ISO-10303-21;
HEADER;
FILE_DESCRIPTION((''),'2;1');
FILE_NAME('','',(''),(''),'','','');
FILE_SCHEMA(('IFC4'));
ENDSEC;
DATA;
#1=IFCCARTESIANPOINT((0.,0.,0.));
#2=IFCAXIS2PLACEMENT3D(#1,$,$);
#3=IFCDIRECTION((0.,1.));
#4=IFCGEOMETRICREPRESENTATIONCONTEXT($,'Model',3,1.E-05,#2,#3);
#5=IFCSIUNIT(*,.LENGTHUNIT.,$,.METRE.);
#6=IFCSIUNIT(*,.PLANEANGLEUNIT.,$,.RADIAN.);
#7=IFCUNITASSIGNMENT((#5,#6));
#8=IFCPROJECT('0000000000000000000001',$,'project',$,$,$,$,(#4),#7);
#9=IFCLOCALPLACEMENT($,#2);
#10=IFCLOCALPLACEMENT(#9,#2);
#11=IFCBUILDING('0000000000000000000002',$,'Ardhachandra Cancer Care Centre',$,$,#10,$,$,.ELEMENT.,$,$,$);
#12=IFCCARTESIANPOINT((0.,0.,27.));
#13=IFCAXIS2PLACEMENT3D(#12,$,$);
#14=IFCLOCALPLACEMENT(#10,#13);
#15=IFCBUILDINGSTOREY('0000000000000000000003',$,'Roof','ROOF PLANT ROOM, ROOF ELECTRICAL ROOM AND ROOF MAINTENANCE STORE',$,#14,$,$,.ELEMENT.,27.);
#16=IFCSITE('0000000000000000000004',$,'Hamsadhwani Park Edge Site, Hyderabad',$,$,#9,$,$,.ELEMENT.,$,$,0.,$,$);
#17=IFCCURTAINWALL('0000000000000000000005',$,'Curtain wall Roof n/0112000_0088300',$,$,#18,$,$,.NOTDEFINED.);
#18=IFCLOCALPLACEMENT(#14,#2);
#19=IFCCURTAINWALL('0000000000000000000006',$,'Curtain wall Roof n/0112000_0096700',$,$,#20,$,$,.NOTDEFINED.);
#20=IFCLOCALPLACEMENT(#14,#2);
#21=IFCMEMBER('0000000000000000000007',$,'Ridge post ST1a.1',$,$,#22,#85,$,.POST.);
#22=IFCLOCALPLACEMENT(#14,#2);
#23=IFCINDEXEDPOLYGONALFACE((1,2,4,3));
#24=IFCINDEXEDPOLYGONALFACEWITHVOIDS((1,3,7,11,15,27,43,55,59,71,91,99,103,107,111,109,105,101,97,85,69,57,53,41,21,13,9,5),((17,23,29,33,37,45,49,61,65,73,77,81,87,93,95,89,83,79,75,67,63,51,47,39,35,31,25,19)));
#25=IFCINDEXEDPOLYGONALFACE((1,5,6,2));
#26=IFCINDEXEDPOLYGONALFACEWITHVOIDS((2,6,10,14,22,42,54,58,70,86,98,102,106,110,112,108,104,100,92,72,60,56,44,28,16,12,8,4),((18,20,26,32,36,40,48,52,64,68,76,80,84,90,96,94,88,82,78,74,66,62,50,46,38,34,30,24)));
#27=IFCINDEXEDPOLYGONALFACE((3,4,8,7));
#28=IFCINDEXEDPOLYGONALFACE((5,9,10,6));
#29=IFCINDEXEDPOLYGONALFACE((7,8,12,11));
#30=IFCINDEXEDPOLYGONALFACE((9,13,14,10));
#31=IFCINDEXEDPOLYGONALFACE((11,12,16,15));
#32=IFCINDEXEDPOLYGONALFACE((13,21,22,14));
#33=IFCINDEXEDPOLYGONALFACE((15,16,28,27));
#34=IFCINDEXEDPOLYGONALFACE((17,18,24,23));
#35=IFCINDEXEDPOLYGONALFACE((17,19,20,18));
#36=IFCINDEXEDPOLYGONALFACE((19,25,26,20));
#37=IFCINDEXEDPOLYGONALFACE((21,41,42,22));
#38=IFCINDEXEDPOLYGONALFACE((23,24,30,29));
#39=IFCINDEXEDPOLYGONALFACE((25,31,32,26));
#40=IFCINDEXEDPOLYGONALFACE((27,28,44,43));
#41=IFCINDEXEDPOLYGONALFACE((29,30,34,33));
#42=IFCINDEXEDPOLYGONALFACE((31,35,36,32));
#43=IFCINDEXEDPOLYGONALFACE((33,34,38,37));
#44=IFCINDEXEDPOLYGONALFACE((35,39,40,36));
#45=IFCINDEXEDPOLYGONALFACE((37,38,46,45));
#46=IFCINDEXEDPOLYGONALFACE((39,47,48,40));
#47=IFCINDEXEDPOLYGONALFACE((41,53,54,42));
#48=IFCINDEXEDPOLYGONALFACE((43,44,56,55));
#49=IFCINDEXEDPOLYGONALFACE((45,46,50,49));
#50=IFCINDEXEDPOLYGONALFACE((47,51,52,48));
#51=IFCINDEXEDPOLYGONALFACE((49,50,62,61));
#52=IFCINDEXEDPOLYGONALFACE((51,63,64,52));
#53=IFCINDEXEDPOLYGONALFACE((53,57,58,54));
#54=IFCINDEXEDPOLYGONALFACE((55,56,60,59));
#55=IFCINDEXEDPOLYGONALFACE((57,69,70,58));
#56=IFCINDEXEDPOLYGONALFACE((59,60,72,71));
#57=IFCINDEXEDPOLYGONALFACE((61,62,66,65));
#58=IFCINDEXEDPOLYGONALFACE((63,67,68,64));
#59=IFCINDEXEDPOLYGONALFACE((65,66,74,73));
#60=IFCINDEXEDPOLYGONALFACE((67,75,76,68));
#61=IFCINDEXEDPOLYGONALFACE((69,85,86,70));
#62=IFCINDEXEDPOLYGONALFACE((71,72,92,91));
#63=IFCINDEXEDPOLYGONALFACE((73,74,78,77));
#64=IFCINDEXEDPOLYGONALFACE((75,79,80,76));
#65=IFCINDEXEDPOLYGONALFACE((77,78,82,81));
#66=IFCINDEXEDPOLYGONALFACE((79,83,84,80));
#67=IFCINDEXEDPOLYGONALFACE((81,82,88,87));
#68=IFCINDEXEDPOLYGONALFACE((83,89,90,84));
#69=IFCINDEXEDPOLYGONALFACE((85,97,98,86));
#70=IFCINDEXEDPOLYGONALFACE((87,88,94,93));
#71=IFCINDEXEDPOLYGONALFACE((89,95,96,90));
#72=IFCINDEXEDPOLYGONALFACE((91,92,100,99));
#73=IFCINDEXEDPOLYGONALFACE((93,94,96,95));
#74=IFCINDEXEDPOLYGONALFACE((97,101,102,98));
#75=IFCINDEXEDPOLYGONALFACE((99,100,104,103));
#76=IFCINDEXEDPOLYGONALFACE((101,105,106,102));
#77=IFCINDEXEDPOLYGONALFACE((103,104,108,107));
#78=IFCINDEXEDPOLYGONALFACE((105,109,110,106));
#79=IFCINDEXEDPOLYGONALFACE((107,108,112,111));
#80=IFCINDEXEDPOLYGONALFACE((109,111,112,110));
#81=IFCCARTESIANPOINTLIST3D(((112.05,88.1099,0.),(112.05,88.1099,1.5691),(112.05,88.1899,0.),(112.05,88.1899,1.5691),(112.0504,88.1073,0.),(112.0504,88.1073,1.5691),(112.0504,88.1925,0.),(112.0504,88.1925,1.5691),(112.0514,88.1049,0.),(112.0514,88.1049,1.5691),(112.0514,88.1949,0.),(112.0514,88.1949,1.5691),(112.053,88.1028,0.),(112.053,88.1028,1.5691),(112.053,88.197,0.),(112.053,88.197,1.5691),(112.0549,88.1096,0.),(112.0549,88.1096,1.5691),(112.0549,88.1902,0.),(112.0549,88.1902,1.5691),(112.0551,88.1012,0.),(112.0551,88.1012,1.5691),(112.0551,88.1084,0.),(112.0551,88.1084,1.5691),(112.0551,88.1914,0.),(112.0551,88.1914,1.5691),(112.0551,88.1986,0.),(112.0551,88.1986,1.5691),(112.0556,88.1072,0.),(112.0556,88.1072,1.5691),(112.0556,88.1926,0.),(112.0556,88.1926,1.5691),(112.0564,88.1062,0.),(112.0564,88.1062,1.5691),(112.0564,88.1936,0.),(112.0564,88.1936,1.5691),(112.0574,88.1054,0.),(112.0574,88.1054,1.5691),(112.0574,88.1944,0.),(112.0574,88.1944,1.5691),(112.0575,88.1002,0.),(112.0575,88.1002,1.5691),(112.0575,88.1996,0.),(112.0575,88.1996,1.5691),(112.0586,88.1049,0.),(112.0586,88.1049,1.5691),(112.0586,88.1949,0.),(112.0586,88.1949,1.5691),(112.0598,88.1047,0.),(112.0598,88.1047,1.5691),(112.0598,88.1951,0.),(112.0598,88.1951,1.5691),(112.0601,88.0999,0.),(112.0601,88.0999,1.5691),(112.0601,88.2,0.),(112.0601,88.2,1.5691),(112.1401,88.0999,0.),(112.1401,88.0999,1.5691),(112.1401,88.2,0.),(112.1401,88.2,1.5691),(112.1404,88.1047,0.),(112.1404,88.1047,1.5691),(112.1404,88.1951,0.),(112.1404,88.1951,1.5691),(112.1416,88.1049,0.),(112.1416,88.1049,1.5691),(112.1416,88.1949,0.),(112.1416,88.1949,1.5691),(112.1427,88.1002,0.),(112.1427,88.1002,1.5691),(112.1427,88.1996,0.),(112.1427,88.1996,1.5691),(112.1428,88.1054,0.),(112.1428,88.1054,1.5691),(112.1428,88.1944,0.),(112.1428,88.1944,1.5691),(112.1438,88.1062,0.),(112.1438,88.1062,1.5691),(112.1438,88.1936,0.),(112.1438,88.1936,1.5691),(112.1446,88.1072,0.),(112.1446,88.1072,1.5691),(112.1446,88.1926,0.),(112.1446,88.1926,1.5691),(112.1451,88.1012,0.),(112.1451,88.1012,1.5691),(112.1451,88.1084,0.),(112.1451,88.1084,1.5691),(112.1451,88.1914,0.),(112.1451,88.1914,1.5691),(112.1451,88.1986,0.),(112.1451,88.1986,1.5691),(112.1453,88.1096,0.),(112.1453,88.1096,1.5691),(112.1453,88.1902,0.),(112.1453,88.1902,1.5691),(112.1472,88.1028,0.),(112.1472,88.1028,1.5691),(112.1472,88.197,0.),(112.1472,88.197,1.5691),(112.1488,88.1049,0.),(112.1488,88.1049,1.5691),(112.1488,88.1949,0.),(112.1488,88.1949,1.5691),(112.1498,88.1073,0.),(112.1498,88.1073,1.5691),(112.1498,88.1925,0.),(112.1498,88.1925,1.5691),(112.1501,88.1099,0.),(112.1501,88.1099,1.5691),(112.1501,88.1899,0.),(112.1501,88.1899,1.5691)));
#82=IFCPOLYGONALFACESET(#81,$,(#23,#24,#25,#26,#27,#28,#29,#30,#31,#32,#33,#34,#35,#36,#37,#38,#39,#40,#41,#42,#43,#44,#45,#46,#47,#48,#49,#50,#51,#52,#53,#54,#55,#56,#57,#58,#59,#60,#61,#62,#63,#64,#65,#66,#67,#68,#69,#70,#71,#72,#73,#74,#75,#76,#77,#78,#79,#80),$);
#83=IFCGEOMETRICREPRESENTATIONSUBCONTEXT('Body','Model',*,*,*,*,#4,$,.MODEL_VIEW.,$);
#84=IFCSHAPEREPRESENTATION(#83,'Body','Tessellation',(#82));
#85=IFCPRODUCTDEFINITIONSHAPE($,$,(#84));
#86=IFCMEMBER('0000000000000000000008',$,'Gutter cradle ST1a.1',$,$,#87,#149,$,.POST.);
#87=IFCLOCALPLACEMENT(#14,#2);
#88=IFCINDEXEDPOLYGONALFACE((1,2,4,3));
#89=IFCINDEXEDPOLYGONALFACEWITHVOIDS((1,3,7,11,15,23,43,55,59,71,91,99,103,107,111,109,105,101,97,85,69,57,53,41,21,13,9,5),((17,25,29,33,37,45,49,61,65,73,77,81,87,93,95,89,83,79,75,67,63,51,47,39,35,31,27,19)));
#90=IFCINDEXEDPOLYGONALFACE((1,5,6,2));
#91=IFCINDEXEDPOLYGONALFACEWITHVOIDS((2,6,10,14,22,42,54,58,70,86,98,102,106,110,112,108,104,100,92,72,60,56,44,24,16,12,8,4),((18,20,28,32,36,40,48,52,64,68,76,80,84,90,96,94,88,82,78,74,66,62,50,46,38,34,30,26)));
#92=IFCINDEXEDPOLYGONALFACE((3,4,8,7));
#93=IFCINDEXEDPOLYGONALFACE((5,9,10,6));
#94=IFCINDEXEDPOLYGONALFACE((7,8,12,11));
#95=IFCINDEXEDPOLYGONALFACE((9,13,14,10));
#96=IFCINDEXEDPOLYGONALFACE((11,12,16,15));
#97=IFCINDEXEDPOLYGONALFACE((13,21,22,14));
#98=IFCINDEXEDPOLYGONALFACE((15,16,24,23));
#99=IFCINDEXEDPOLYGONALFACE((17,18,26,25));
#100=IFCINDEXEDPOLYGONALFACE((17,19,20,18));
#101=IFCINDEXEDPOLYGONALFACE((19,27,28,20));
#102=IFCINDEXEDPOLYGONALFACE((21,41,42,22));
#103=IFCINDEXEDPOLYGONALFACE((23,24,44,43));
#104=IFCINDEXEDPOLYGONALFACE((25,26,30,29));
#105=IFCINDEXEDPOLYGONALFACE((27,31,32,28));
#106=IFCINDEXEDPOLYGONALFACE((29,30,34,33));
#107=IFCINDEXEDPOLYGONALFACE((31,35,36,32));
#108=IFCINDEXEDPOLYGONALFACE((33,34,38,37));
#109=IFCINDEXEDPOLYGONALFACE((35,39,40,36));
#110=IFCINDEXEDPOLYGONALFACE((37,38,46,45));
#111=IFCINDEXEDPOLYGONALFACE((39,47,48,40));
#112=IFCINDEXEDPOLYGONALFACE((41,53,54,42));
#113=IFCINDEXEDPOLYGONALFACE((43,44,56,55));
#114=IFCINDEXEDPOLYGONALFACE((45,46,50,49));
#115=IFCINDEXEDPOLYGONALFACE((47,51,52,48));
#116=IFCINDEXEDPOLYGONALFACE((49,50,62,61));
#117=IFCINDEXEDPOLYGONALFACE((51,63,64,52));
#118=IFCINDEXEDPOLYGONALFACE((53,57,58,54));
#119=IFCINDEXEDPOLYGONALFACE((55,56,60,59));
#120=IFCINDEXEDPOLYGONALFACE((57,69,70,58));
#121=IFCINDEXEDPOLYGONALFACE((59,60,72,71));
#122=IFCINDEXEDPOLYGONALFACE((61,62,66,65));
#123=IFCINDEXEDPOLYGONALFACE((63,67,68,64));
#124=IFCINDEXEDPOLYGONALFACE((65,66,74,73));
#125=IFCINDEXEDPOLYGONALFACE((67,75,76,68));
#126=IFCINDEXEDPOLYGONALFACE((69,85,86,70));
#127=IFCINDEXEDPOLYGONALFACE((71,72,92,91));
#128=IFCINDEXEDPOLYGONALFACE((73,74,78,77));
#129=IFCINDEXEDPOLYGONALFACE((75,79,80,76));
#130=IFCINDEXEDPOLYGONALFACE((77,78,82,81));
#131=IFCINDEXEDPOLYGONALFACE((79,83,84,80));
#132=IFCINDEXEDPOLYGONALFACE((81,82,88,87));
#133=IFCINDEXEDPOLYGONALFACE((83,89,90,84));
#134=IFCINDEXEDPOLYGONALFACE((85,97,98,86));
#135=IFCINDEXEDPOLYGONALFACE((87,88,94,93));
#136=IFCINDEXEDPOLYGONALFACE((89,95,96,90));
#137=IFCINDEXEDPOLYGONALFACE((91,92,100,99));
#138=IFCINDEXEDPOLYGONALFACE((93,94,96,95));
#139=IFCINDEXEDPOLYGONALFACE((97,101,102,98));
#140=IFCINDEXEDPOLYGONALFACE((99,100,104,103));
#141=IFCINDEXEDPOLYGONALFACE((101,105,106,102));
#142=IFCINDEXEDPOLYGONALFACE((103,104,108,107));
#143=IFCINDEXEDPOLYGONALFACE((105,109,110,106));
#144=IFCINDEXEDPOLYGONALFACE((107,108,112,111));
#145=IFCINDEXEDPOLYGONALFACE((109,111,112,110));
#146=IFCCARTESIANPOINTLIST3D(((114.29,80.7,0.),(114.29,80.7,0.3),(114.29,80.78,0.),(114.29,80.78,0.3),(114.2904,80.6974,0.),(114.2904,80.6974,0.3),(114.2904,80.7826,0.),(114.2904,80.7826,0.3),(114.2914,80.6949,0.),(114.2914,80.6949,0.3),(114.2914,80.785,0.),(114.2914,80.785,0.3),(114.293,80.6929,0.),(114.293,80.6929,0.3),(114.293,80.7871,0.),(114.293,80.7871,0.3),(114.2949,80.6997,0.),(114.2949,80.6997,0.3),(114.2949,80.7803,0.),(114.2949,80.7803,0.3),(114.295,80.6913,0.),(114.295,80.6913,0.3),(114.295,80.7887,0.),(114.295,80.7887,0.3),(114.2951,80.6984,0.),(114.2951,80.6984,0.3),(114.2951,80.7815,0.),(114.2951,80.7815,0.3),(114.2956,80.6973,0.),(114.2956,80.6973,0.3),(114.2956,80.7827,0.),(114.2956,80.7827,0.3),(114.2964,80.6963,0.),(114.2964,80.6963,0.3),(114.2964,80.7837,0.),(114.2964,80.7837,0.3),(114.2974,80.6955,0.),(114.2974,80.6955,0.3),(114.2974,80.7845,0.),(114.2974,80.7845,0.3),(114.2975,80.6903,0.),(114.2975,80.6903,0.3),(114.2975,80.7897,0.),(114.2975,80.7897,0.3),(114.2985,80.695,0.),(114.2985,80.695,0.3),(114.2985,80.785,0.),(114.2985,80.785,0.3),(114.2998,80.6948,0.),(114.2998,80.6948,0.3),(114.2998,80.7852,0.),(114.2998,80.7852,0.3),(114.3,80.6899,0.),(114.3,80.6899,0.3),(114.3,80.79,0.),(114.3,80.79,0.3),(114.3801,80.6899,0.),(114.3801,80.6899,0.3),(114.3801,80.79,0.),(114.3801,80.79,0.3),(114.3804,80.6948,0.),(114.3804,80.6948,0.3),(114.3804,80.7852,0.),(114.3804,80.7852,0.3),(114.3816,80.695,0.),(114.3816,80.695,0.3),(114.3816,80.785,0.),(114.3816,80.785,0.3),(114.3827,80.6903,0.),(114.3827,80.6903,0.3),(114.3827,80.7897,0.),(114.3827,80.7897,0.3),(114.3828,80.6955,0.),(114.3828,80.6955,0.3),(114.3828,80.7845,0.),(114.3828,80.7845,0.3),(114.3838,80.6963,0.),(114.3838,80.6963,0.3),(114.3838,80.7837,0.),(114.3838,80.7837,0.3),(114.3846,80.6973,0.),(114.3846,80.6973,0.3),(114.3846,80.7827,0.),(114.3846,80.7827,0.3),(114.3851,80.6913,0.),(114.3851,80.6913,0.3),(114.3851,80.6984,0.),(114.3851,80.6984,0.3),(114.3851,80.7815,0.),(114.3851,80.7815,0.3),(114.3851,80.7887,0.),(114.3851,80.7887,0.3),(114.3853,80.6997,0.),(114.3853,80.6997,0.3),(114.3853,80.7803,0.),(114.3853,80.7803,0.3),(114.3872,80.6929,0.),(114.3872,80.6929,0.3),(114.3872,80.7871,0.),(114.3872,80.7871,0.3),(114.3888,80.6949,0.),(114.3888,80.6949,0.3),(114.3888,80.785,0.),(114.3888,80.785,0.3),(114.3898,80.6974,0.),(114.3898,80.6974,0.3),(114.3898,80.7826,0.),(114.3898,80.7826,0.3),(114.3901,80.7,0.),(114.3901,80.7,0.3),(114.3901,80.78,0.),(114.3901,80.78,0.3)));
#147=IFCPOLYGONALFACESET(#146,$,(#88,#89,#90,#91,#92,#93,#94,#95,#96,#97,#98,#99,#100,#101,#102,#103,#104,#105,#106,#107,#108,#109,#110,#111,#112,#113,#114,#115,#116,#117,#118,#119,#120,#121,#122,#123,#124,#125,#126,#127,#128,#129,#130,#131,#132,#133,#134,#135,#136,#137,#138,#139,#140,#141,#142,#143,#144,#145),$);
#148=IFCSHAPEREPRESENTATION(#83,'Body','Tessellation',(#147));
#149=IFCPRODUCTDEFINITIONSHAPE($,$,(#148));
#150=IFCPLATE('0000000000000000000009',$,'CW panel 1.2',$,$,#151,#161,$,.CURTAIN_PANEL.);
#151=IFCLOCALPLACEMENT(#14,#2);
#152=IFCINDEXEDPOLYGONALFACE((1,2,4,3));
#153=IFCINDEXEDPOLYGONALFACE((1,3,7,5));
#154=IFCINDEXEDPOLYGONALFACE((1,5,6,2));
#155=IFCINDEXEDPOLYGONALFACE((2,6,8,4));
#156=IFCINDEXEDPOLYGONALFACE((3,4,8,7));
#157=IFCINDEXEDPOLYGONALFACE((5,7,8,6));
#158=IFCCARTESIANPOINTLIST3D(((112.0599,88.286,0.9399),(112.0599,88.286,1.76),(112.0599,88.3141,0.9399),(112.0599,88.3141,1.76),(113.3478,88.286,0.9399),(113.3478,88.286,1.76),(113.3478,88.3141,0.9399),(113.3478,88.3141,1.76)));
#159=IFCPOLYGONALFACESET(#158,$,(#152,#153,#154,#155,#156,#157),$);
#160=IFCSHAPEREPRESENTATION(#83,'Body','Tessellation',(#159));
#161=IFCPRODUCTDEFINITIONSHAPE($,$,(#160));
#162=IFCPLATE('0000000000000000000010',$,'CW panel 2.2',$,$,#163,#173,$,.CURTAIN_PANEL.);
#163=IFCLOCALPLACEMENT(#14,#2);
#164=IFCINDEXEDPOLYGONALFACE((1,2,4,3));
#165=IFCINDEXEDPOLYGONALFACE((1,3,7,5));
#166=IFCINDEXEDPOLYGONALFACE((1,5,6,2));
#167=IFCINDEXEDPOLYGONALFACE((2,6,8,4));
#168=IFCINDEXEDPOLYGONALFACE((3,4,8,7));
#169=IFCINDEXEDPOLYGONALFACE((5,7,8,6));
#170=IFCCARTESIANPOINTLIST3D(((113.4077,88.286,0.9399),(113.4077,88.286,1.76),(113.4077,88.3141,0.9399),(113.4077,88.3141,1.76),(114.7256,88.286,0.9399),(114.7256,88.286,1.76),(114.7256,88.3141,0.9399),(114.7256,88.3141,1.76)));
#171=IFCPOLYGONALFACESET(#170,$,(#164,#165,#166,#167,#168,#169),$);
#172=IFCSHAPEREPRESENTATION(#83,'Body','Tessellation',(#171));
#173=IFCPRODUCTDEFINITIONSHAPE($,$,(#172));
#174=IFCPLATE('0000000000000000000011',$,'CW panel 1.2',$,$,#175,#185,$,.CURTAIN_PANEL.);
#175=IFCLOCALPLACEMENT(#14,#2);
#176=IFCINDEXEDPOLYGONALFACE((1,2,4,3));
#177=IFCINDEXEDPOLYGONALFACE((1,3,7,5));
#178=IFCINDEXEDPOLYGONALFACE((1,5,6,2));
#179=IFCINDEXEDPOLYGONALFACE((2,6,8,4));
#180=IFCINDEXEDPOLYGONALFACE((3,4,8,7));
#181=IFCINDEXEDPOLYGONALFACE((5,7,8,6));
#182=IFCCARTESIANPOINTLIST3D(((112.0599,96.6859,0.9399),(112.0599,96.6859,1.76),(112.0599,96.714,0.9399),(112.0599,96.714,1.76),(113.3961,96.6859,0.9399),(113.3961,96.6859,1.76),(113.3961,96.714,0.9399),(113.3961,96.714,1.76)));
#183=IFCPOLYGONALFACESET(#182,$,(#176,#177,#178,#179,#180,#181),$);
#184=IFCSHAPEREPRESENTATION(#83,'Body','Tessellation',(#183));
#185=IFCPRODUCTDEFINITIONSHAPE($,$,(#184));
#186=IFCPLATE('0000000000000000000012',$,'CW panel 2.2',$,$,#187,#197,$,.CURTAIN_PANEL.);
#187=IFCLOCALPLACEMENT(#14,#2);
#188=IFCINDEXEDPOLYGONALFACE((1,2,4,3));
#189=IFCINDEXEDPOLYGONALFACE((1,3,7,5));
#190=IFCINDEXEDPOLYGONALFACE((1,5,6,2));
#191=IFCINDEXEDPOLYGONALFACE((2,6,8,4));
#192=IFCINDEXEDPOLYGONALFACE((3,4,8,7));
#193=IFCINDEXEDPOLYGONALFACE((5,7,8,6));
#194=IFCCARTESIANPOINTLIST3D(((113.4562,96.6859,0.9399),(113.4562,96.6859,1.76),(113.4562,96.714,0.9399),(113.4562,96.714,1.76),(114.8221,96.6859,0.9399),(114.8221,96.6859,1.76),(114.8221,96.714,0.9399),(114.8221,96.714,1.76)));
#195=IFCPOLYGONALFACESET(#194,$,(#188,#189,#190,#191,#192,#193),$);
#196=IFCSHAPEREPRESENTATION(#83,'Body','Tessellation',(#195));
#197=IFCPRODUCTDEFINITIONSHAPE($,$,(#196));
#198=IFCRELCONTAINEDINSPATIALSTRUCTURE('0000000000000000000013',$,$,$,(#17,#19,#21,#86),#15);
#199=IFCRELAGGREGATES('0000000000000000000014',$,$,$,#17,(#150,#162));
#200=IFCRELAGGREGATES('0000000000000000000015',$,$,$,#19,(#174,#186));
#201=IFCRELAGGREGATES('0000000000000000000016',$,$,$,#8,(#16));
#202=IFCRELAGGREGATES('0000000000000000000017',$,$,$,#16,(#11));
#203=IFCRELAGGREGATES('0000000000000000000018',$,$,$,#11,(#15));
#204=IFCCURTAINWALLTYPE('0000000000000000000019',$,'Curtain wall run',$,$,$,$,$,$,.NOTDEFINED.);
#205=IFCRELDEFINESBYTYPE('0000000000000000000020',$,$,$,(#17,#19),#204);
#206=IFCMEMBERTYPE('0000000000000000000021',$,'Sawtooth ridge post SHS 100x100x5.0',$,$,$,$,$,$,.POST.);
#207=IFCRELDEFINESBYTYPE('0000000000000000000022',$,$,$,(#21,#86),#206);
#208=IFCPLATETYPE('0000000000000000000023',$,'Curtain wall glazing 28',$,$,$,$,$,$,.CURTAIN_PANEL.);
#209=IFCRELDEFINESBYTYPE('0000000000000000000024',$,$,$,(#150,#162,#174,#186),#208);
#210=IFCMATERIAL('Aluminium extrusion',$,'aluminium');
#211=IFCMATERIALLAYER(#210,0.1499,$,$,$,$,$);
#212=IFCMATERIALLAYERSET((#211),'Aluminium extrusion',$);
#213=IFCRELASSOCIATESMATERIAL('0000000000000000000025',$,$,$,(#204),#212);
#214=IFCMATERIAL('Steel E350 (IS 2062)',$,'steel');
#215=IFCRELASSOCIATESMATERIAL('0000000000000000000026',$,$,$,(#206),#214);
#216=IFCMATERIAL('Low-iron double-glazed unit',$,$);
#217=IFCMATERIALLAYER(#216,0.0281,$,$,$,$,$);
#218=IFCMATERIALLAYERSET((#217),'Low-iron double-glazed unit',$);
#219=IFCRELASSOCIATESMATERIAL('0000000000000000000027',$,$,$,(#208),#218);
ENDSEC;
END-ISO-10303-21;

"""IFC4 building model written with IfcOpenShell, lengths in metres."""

from ifc_helpers import new_model, si_unit, direction, frame, origin, origin_2d, place, context, subcontext, project, spatial, rectangle, hollow_rectangle, extrude, material, layer, layer_set, material_profile, profile_set, type_object, element, aggregate, save


model = new_model("IFC4")

# Units and contexts
model_context = context("Model", 3, precision=1e-05, world=origin(), true_north=direction((0.0, 1.0)))
body_context = subcontext(model_context, "Body", "Model", "MODEL_VIEW")
ifc_project = project(units=[si_unit("LENGTHUNIT", "METRE"), si_unit("PLANEANGLEUNIT", "RADIAN")], contexts=[model_context])

# Site, building, storey
site_placement = place(None, origin())
site = spatial("IfcSite", under=ifc_project, at=site_placement, Name="Hamsadhwani Park Edge Site, Hyderabad", CompositionType="ELEMENT", RefElevation=0.0)
building_placement = place(site_placement, origin())
building = spatial("IfcBuilding", under=site, at=building_placement, Name="Ardhachandra Cancer Care Centre", CompositionType="ELEMENT")
storey_placement = place(building_placement, frame((0.0, 0.0, 27.0)))
storey = spatial("IfcBuildingStorey", under=building, at=storey_placement, Name="Roof", Description="ROOF PLANT ROOM, ROOF ELECTRICAL ROOM AND ROOF MAINTENANCE STORE", CompositionType="ELEMENT", Elevation=27.0)

# Curtain walls
ifc_material_1 = material(Name="Aluminium extrusion", Category="aluminium")
ifc_layer_1 = layer(ifc_material_1, 0.1499)
ifc_layer_set_1 = layer_set([ifc_layer_1], Name="Aluminium extrusion")
curtain_wall_type = type_object("IfcCurtainWallType", Name="Curtain wall run", PredefinedType="NOTDEFINED", material=ifc_layer_set_1)
curtain_wall_1_placement = place(storey_placement, origin())
curtain_wall_1 = element("IfcCurtainWall", 1, at=curtain_wall_1_placement, inside=storey, type_object=curtain_wall_type, Name="Curtain wall Roof n/0112000_0088300", PredefinedType="NOTDEFINED")
curtain_wall_2_placement = place(storey_placement, origin())
curtain_wall_2 = element("IfcCurtainWall", 2, at=curtain_wall_2_placement, inside=storey, type_object=curtain_wall_type, Name="Curtain wall Roof n/0112000_0096700", PredefinedType="NOTDEFINED")

# Members
ifc_material_2 = material(Name="Steel E350 (IS 2062)", Category="steel")
ifc_material_profile_1 = material_profile(ifc_material_2, hollow_rectangle(XDim=0.1001, YDim=0.1001, WallThickness=0.0049, InnerFilletRadius=0.0049, OuterFilletRadius=0.01, at=origin_2d()), Name="SHS 100x100x5.0")
ifc_profile_set_1 = profile_set([ifc_material_profile_1], Name="Steel E350 (IS 2062)")
member_type_1 = type_object("IfcMemberType", Name="Sawtooth ridge post SHS 100x100x5.0", PredefinedType="POST", material=ifc_profile_set_1)
member_1_placement = place(storey_placement, frame((112.1001, 88.1499, 0.0), z_axis=(0.0, 0.0, 1.0), x_axis=(1.0, 0.0, 0.0)))
element("IfcMember", 3, at=member_1_placement, inside=storey, type_object=member_type_1, Name="Ridge post ST1a.1", PredefinedType="POST", context=body_context, shape_type="SweptSolid", body=[
    extrude(hollow_rectangle(XDim=0.1001, YDim=0.1001, WallThickness=0.0049, InnerFilletRadius=0.0049, OuterFilletRadius=0.01, at=origin_2d()), origin(), (0.0, 0.0, 1.0), 1.5691),
])
member_2_placement = place(storey_placement, frame((114.3401, 80.74, 0.0), z_axis=(0.0, 0.0, 1.0), x_axis=(1.0, 0.0, 0.0)))
element("IfcMember", 4, at=member_2_placement, inside=storey, type_object=member_type_1, Name="Gutter cradle ST1a.1", PredefinedType="POST", context=body_context, shape_type="SweptSolid", body=[
    extrude(hollow_rectangle(XDim=0.1001, YDim=0.1001, WallThickness=0.0049, InnerFilletRadius=0.0049, OuterFilletRadius=0.01, at=origin_2d()), origin(), (0.0, 0.0, 1.0), 0.3),
])

# Plates
ifc_material_3 = material(Name="Low-iron double-glazed unit")
ifc_layer_2 = layer(ifc_material_3, 0.0281)
ifc_layer_set_2 = layer_set([ifc_layer_2], Name="Low-iron double-glazed unit")
plate_type_1 = type_object("IfcPlateType", Name="Curtain wall glazing 28", PredefinedType="CURTAIN_PANEL", material=ifc_layer_set_2)
plate_1_placement = place(storey_placement, frame((112.7039, 88.3, 0.9399), z_axis=(0.0, 0.0, 1.0), x_axis=(1.0, 0.0, 0.0)))
plate_1 = element("IfcPlate", 5, at=plate_1_placement, type_object=plate_type_1, Name="CW panel 1.2", PredefinedType="CURTAIN_PANEL", context=body_context, shape_type="SweptSolid", body=[
    extrude(rectangle(XDim=1.2878, YDim=0.0281, at=origin_2d()), origin(), (0.0, 0.0, 1.0), 0.8201),
])
plate_2_placement = place(storey_placement, frame((114.0667, 88.3, 0.9399), z_axis=(0.0, 0.0, 1.0), x_axis=(1.0, 0.0, 0.0)))
plate_2 = element("IfcPlate", 6, at=plate_2_placement, type_object=plate_type_1, Name="CW panel 2.2", PredefinedType="CURTAIN_PANEL", context=body_context, shape_type="SweptSolid", body=[
    extrude(rectangle(XDim=1.3179, YDim=0.0281, at=origin_2d()), origin(), (0.0, 0.0, 1.0), 0.8201),
])
plate_3_placement = place(storey_placement, frame((112.728, 96.7, 0.9399), z_axis=(0.0, 0.0, 1.0), x_axis=(1.0, 0.0, 0.0)))
plate_3 = element("IfcPlate", 7, at=plate_3_placement, type_object=plate_type_1, Name="CW panel 1.2", PredefinedType="CURTAIN_PANEL", context=body_context, shape_type="SweptSolid", body=[
    extrude(rectangle(XDim=1.3362, YDim=0.0281, at=origin_2d()), origin(), (0.0, 0.0, 1.0), 0.8201),
])
plate_4_placement = place(storey_placement, frame((114.1392, 96.7, 0.9399), z_axis=(0.0, 0.0, 1.0), x_axis=(1.0, 0.0, 0.0)))
plate_4 = element("IfcPlate", 8, at=plate_4_placement, type_object=plate_type_1, Name="CW panel 2.2", PredefinedType="CURTAIN_PANEL", context=body_context, shape_type="SweptSolid", body=[
    extrude(rectangle(XDim=1.366, YDim=0.0281, at=origin_2d()), origin(), (0.0, 0.0, 1.0), 0.8201),
])
aggregate(curtain_wall_1, [plate_1, plate_2])
aggregate(curtain_wall_2, [plate_3, plate_4])

save(model, "model.ifc")
